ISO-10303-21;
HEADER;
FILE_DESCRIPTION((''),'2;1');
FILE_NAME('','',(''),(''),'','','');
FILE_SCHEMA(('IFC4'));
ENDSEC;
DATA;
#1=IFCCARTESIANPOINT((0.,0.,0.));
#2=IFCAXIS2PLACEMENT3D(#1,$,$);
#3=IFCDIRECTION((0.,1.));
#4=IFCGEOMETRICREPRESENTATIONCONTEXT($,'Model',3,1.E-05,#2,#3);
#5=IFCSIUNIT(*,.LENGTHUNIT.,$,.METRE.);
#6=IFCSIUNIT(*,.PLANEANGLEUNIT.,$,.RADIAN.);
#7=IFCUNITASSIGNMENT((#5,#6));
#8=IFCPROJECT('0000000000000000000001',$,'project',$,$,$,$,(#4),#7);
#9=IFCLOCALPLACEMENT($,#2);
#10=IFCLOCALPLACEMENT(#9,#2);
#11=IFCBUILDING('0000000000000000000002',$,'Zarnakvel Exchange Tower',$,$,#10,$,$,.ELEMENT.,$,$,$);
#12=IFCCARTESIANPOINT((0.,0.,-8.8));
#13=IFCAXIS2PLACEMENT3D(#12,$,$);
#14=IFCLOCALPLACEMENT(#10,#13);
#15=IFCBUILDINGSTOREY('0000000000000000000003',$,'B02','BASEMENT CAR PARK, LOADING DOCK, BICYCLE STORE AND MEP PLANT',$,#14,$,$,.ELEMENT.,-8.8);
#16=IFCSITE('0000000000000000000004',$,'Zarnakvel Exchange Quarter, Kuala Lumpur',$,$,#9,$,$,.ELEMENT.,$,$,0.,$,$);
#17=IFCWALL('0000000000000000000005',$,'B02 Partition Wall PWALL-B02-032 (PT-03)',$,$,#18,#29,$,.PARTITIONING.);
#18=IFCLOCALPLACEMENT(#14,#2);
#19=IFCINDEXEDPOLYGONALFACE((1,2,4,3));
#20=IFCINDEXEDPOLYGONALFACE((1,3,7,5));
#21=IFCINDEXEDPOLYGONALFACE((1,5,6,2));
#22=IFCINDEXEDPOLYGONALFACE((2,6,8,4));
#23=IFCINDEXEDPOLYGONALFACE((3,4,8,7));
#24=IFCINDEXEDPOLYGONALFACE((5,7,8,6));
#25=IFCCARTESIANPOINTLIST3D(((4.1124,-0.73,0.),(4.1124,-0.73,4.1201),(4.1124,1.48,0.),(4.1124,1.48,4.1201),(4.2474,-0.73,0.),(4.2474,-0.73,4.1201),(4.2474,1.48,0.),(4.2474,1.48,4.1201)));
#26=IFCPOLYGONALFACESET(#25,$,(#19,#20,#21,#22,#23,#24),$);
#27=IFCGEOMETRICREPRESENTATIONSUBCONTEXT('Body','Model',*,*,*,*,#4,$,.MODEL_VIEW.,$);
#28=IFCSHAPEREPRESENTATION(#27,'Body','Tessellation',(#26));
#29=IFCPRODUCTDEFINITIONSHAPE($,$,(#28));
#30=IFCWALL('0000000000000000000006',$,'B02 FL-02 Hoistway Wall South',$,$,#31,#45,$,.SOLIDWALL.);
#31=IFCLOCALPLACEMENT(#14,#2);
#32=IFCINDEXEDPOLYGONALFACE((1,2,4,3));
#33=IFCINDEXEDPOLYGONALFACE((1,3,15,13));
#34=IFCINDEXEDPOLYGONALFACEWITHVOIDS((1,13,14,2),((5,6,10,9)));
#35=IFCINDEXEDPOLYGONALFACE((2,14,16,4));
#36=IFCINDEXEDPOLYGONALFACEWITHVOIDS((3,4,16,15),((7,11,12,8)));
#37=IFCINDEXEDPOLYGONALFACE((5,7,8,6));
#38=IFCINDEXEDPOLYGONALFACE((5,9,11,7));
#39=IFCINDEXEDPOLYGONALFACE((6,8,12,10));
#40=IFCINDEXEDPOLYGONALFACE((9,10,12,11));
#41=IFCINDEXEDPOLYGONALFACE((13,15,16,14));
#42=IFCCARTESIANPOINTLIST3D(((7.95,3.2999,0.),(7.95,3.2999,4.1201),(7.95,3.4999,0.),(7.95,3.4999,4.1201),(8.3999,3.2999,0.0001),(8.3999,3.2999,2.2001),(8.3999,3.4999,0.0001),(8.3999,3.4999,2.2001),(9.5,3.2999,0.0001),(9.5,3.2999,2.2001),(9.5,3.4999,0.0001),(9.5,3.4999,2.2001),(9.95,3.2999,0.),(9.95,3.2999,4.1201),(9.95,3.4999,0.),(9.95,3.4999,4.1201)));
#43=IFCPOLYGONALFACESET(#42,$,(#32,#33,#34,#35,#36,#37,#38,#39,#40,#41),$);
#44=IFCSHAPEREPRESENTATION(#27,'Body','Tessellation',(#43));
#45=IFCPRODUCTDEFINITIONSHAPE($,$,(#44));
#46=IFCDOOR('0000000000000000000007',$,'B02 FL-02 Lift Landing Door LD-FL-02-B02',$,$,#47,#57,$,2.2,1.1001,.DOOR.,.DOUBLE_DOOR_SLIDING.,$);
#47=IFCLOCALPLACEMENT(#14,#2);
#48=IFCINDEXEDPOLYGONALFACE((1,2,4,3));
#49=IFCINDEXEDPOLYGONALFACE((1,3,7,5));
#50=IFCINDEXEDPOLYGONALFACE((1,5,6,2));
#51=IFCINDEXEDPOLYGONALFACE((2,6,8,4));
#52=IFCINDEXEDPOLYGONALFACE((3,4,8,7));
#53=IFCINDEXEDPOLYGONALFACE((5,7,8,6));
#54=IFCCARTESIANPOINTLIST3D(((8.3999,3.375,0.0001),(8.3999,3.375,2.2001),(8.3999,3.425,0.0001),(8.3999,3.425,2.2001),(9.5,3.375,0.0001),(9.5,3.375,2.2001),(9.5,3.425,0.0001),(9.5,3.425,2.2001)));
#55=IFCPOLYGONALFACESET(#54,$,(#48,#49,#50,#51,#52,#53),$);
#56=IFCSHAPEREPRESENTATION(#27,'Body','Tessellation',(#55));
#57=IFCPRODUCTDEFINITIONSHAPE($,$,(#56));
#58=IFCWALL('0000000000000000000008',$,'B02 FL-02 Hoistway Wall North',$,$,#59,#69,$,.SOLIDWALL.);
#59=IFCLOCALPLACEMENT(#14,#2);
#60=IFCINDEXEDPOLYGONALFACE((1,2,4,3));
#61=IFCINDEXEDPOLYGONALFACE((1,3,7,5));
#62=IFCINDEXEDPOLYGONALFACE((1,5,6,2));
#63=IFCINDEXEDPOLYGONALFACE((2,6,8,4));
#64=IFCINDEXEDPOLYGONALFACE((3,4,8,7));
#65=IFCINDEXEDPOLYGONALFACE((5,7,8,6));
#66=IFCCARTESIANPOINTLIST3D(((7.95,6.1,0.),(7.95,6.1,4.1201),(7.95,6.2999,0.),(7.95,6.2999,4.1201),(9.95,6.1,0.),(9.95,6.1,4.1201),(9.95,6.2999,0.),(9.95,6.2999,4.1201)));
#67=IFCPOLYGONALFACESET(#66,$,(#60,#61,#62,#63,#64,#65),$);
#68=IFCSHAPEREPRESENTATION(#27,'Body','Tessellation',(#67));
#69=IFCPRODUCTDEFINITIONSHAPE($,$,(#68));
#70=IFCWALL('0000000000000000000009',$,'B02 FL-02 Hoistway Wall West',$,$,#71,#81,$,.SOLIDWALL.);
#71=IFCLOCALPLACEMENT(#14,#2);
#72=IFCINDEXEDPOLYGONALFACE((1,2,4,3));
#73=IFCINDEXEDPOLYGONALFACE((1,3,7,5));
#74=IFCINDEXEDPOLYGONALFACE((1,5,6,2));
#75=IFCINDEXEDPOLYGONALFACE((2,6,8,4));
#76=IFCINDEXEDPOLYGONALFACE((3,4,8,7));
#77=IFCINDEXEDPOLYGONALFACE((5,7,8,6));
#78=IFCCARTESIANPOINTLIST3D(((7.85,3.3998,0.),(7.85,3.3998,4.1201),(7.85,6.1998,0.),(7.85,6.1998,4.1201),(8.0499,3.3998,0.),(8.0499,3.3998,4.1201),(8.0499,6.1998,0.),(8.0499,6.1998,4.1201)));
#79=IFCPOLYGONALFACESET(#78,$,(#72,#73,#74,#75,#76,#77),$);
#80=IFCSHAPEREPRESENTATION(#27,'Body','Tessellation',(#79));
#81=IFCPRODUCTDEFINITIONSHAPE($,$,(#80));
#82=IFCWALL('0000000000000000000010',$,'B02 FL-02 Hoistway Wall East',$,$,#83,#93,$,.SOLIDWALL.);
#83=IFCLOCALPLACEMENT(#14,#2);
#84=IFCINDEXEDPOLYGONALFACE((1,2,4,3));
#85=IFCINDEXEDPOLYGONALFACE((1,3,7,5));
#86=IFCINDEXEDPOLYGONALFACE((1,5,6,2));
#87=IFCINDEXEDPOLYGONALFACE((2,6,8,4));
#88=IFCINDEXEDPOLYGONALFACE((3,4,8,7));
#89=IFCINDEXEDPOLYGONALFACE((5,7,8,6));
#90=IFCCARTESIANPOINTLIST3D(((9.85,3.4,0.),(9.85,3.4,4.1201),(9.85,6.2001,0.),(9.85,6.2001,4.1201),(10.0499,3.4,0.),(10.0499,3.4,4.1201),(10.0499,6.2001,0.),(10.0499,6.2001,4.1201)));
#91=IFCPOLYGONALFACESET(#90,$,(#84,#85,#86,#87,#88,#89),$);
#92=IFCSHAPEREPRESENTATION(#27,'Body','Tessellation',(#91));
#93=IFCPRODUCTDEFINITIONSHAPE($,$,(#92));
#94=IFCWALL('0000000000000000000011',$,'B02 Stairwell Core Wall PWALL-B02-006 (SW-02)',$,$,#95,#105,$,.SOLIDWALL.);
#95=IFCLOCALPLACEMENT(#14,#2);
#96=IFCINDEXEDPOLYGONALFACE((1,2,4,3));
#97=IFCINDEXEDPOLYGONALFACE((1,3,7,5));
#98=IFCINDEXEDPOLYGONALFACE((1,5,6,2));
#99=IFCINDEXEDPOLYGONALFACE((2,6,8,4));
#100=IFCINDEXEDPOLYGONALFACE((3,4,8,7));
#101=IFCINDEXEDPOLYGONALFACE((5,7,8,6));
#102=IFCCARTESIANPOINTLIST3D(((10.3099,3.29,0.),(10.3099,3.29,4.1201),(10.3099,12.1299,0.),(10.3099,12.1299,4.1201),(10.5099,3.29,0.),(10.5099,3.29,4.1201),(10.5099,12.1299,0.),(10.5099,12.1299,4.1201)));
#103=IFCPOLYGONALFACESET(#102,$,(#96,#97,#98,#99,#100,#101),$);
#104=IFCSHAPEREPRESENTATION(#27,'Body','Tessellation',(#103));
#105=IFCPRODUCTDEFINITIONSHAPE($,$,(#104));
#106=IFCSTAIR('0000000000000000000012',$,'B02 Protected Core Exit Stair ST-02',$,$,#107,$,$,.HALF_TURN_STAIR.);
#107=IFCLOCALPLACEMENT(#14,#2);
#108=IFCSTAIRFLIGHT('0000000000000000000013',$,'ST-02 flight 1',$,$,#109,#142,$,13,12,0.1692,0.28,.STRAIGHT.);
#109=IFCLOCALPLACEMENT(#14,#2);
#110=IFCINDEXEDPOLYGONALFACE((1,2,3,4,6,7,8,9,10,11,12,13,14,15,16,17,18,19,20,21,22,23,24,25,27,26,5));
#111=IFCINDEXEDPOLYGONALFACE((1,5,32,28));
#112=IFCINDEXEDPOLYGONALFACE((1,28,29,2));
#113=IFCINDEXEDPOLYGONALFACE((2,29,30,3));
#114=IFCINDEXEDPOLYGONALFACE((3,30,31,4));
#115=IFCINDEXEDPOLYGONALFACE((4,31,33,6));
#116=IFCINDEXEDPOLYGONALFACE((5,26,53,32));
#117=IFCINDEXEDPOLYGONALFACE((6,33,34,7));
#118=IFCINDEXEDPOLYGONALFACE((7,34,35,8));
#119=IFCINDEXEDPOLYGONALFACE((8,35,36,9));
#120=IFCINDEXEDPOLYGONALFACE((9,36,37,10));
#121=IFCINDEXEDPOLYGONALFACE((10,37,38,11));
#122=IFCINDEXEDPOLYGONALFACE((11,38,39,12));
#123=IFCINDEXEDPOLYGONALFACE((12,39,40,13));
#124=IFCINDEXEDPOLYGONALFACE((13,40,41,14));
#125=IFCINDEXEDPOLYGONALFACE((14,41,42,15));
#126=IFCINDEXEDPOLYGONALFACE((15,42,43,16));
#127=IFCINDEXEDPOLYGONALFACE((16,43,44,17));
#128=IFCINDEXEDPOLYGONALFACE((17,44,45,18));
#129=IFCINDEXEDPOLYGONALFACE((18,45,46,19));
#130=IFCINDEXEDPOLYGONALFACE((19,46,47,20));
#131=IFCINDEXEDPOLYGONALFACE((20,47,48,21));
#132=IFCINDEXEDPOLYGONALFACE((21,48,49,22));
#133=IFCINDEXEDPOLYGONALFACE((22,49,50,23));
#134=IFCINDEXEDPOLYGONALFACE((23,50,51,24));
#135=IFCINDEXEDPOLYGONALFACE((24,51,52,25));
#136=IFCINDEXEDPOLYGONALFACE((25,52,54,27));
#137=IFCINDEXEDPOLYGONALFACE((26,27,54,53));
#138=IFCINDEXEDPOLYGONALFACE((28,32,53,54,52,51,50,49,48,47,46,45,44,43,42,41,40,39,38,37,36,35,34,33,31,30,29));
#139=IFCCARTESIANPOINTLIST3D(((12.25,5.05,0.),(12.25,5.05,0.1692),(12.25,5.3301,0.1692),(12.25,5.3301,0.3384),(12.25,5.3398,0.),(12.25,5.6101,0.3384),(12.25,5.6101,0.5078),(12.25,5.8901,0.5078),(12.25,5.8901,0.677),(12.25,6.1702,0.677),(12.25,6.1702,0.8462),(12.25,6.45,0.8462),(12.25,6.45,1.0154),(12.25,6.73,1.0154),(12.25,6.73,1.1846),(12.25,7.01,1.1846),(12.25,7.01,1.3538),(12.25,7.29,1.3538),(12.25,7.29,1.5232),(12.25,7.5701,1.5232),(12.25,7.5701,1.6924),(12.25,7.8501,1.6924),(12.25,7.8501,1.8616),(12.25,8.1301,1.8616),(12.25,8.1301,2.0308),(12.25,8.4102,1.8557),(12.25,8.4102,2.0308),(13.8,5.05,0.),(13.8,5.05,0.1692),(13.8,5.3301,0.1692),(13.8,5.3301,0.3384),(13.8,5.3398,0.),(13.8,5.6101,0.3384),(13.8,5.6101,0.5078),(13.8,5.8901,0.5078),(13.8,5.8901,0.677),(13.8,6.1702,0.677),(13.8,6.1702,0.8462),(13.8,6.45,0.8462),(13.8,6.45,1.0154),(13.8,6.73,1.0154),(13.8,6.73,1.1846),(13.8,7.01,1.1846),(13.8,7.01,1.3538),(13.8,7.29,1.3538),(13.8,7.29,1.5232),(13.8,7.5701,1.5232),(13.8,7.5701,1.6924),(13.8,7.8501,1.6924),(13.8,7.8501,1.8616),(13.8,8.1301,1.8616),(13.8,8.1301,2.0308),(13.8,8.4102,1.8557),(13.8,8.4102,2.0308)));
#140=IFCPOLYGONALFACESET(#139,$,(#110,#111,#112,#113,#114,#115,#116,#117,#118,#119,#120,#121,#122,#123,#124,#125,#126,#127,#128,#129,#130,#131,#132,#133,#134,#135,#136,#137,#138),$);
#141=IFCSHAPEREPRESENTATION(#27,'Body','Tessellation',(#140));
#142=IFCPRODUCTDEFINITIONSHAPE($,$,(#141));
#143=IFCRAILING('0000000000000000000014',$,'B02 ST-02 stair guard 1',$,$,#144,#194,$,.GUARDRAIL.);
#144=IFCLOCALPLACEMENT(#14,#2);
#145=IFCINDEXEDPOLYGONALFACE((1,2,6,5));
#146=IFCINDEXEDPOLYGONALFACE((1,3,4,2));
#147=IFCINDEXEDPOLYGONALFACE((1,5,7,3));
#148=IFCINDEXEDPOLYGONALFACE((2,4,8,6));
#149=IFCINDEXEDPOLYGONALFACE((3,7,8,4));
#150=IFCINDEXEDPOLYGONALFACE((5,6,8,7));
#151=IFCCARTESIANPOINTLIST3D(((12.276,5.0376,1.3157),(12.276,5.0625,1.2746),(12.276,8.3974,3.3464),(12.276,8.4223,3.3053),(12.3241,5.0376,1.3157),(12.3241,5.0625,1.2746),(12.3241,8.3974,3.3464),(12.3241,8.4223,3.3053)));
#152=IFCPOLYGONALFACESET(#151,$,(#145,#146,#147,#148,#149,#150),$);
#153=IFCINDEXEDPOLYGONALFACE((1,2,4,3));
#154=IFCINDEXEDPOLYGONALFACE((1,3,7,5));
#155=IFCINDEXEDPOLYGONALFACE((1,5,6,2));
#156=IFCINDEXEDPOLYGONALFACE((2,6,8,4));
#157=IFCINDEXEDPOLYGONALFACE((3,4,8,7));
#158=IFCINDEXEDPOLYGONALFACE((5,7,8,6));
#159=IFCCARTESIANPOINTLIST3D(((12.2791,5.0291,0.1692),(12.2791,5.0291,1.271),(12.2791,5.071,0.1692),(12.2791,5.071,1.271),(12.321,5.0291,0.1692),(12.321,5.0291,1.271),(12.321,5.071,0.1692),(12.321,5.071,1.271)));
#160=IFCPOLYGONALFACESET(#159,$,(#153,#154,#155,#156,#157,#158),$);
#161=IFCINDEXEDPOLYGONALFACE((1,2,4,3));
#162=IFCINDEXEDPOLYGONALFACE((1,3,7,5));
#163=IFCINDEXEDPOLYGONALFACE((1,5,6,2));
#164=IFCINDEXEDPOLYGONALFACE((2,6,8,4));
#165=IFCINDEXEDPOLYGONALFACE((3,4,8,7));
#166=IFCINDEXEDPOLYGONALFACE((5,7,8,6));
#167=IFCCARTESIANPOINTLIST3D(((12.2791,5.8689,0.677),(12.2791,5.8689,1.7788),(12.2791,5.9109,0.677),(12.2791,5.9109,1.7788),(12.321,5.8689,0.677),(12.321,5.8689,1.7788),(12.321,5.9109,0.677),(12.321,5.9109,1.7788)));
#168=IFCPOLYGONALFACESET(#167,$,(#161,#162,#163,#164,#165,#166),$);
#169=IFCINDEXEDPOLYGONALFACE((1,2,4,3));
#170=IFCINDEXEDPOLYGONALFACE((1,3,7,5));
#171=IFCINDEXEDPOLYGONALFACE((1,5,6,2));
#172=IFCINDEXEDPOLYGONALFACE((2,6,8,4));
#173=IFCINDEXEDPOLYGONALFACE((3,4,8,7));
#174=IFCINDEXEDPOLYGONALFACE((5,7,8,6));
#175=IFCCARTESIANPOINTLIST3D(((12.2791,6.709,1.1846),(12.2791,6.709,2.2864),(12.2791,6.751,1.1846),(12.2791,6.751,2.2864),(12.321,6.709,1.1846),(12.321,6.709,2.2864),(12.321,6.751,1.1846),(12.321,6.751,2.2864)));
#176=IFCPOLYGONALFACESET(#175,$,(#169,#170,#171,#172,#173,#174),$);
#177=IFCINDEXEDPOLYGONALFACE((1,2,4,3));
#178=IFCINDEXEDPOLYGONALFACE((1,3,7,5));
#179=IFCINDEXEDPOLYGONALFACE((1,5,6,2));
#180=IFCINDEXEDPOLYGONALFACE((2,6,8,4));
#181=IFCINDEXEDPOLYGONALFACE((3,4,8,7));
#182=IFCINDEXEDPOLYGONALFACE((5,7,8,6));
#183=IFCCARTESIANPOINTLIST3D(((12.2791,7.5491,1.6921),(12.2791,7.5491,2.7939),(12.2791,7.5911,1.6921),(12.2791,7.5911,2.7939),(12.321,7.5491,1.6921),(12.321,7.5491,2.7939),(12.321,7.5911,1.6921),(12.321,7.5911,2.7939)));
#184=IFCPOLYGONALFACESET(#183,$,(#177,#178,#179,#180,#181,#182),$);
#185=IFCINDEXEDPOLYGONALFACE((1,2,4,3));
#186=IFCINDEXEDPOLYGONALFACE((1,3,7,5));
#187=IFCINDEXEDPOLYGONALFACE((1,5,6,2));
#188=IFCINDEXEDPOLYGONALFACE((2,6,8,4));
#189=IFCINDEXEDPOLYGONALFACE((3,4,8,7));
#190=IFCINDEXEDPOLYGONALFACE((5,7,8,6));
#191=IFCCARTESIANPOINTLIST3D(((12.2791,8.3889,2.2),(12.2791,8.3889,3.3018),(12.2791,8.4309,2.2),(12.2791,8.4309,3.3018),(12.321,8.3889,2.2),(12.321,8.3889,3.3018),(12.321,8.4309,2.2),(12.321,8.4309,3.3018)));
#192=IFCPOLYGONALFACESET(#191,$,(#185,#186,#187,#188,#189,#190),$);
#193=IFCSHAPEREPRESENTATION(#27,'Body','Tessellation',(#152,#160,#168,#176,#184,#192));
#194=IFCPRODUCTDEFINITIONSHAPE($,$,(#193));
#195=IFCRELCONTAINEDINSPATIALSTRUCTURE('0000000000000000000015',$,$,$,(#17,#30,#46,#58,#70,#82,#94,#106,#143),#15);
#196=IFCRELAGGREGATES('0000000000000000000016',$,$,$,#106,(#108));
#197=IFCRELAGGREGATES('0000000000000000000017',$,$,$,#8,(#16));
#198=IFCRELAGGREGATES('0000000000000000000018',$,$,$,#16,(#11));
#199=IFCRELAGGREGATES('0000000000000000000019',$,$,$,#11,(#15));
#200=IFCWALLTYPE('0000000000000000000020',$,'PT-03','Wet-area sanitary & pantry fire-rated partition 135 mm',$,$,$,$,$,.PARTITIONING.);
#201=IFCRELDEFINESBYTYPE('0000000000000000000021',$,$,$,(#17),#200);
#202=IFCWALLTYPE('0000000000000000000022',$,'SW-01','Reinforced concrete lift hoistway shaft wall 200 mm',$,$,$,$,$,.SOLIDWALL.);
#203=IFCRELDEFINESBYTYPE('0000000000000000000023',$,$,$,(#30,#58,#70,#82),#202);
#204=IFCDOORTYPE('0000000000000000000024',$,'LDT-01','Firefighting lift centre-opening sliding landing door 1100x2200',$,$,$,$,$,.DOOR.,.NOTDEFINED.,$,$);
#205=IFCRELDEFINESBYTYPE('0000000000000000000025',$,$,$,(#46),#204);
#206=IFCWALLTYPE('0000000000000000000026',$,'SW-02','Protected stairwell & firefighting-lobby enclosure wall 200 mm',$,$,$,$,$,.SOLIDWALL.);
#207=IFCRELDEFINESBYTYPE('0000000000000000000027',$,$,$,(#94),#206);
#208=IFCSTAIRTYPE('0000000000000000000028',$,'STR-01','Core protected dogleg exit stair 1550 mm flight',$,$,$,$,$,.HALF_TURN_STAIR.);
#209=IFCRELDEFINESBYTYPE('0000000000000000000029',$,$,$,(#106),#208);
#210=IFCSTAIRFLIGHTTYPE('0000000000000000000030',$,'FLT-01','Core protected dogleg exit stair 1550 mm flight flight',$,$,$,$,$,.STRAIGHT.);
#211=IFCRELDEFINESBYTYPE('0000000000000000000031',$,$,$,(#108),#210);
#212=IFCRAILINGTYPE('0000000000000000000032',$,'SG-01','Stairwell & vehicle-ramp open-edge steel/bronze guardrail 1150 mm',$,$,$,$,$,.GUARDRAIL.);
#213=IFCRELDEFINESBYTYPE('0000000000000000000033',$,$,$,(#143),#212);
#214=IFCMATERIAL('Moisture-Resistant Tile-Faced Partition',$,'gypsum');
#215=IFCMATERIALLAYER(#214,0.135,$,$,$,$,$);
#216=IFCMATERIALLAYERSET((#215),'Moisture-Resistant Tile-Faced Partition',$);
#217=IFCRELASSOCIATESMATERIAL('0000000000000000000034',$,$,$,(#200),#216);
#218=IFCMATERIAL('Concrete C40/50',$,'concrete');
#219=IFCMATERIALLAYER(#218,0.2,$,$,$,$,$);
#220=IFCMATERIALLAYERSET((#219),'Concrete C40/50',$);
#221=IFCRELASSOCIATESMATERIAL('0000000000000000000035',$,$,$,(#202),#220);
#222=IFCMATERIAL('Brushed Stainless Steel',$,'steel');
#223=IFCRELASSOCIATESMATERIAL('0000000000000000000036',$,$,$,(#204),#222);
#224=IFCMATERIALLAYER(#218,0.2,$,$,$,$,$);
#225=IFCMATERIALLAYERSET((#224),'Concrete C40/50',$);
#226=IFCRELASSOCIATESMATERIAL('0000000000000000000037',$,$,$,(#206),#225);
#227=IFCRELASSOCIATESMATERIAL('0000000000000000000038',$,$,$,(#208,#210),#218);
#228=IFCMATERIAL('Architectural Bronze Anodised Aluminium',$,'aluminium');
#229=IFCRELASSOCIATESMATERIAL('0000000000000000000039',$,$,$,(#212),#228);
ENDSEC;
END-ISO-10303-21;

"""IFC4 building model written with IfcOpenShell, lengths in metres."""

from ifc_helpers import new_model, si_unit, direction, frame, frame_2d, origin, origin_2d, place, context, subcontext, project, spatial, polyline, rectangle, outline, extrude, source, transform, mapped, material, layer, layer_set, type_object, element, fill, aggregate, save


model = new_model("IFC4")

# Units and contexts
model_context = context("Model", 3, precision=1e-05, world=origin(), true_north=direction((0.0, 1.0)))
body_context = subcontext(model_context, "Body", "Model", "MODEL_VIEW")
ifc_project = project(units=[si_unit("LENGTHUNIT", "METRE"), si_unit("PLANEANGLEUNIT", "RADIAN")], contexts=[model_context])

# Site, building, storey
site_placement = place(None, origin())
site = spatial("IfcSite", under=ifc_project, at=site_placement, Name="Zarnakvel Exchange Quarter, Kuala Lumpur", CompositionType="ELEMENT", RefElevation=0.0)
building_placement = place(site_placement, origin())
building = spatial("IfcBuilding", under=site, at=building_placement, Name="Zarnakvel Exchange Tower", CompositionType="ELEMENT")
storey_placement = place(building_placement, frame((0.0, 0.0, -8.8)))
storey = spatial("IfcBuildingStorey", under=building, at=storey_placement, Name="B02", Description="BASEMENT CAR PARK, LOADING DOCK, BICYCLE STORE AND MEP PLANT", CompositionType="ELEMENT", Elevation=-8.8)

# Wall
ifc_material_1 = material(Name="Moisture-Resistant Tile-Faced Partition", Category="gypsum")
ifc_layer_1 = layer(ifc_material_1, 0.135)
ifc_layer_set_1 = layer_set([ifc_layer_1], Name="Moisture-Resistant Tile-Faced Partition")
wall_type_1 = type_object("IfcWallType", Name="PT-03", Description="Wet-area sanitary & pantry fire-rated partition 135 mm", PredefinedType="PARTITIONING", material=ifc_layer_set_1)
wall_1_placement = place(storey_placement, frame((4.1799, 1.48, 0.0), z_axis=(0.0, 0.0, 1.0), x_axis=(0.0, -1.0, 0.0)))
element("IfcWall", 1, at=wall_1_placement, inside=storey, type_object=wall_type_1, Name="B02 Partition Wall PWALL-B02-032 (PT-03)", PredefinedType="PARTITIONING", context=body_context, shape_type="SweptSolid", body=[
    extrude(rectangle(XDim=2.21, YDim=0.135, at=frame_2d((1.105, 0.0))), origin(), (0.0, 0.0, 1.0), 4.1201),
])

# Wall, opening, door
ifc_material_2 = material(Name="Concrete C40/50", Category="concrete")
ifc_layer_2 = layer(ifc_material_2, 0.2)
ifc_layer_set_2 = layer_set([ifc_layer_2], Name="Concrete C40/50")
wall_type_2 = type_object("IfcWallType", Name="SW-01", Description="Reinforced concrete lift hoistway shaft wall 200 mm", PredefinedType="SOLIDWALL", material=ifc_layer_set_2)
wall_2_placement = place(storey_placement, frame((9.95, 3.3999, 0.0), z_axis=(0.0, 0.0, 1.0), x_axis=(-1.0, 0.0, 0.0)))
wall_2 = element("IfcWall", 2, at=wall_2_placement, inside=storey, type_object=wall_type_2, Name="B02 FL-02 Hoistway Wall South", PredefinedType="SOLIDWALL", context=body_context, shape_type="SweptSolid", body=[
    extrude(rectangle(XDim=2.0, YDim=0.2, at=frame_2d((1.0, 0.0))), origin(), (0.0, 0.0, 1.0), 4.1201),
])
opening_1_placement = place(wall_2_placement, frame((0.45, 0.0, 0.0)))
opening_1 = element("IfcOpeningElement", 3, at=opening_1_placement, cuts=wall_2, PredefinedType="OPENING", context=body_context, shape_type="SweptSolid", body=[
    extrude(rectangle(XDim=1.1001, YDim=2.2, at=frame_2d((0.55, 1.1001))), frame((0.0, 0.1099, 0.0), z_axis=(0.0, -1.0, 0.0), x_axis=(1.0, 0.0, 0.0)), (0.0, 0.0, 1.0), 0.22),
])
ifc_material_3 = material(Name="Brushed Stainless Steel", Category="steel")
door_type_1 = type_object("IfcDoorType", Name="LDT-01", Description="Firefighting lift centre-opening sliding landing door 1100x2200", OperationType="NOTDEFINED", PredefinedType="DOOR", material=ifc_material_3)
shared_shape_1 = source(origin(), body_context, "Body", "SweptSolid", [
    extrude(rectangle(XDim=1.1001, YDim=2.2, at=frame_2d((0.55, 1.1001))), frame((0.0, 0.0249, 0.0), z_axis=(0.0, -1.0, 0.0), x_axis=(1.0, 0.0, 0.0)), (0.0, 0.0, 1.0), 0.05),
])
door_1_placement = place(opening_1_placement, origin())
door_1 = element("IfcDoor", 4, at=door_1_placement, inside=storey, type_object=door_type_1, Name="B02 FL-02 Lift Landing Door LD-FL-02-B02", OperationType="DOUBLE_DOOR_SLIDING", OverallHeight=2.2, OverallWidth=1.1001, PredefinedType="DOOR", context=body_context, shape_type="MappedRepresentation", body=[
    mapped(shared_shape_1, transform((0.0, 0.0, 0.0), x_axis=(1.0, 0.0, 0.0), y_axis=(0.0, 1.0, 0.0), z_axis=(0.0, 0.0, 1.0), scale=1.0)),
])
fill(opening_1, door_1)

# Walls
wall_3_placement = place(storey_placement, frame((7.95, 6.2, 0.0), z_axis=(0.0, 0.0, 1.0), x_axis=(1.0, 0.0, 0.0)))
element("IfcWall", 5, at=wall_3_placement, inside=storey, type_object=wall_type_2, Name="B02 FL-02 Hoistway Wall North", PredefinedType="SOLIDWALL", context=body_context, shape_type="SweptSolid", body=[
    extrude(rectangle(XDim=2.0, YDim=0.2, at=frame_2d((1.0, 0.0))), origin(), (0.0, 0.0, 1.0), 4.1201),
])
for number, where, z_axis, x_axis, name in (
    (6, (7.95, 3.3999, 0.0), (0.0, 0.0, 1.0), (0.0, 1.0, 0.0), "B02 FL-02 Hoistway Wall West"),
    (7, (9.95, 6.2, 0.0), (0.0, 0.0, 1.0), (0.0, -1.0, 0.0), "B02 FL-02 Hoistway Wall East"),
):
    element("IfcWall", number, at=place(storey_placement, frame(where, z_axis=z_axis, x_axis=x_axis)), inside=storey, type_object=wall_type_2, Name=name, PredefinedType="SOLIDWALL", context=body_context, shape_type="SweptSolid", body=[
        extrude(rectangle(XDim=2.8, YDim=0.2, at=frame_2d((1.3999, 0.0))), origin(), (0.0, 0.0, 1.0), 4.1201),
    ])
ifc_layer_3 = layer(ifc_material_2, 0.2)
ifc_layer_set_3 = layer_set([ifc_layer_3], Name="Concrete C40/50")
wall_type_3 = type_object("IfcWallType", Name="SW-02", Description="Protected stairwell & firefighting-lobby enclosure wall 200 mm", PredefinedType="SOLIDWALL", material=ifc_layer_set_3)
wall_4_placement = place(storey_placement, frame((10.4099, 3.29, 0.0), z_axis=(0.0, 0.0, 1.0), x_axis=(0.0, 1.0, 0.0)))
element("IfcWall", 8, at=wall_4_placement, inside=storey, type_object=wall_type_3, Name="B02 Stairwell Core Wall PWALL-B02-006 (SW-02)", PredefinedType="SOLIDWALL", context=body_context, shape_type="SweptSolid", body=[
    extrude(rectangle(XDim=8.8398, YDim=0.2, at=frame_2d((4.4199, 0.0))), origin(), (0.0, 0.0, 1.0), 4.1201),
])

# Stair, stair flight
stair_type = type_object("IfcStairType", Name="STR-01", Description="Core protected dogleg exit stair 1550 mm flight", PredefinedType="HALF_TURN_STAIR", material=ifc_material_2)
stair_placement = place(storey_placement, origin())
stair = element("IfcStair", 9, at=stair_placement, inside=storey, type_object=stair_type, Name="B02 Protected Core Exit Stair ST-02", PredefinedType="HALF_TURN_STAIR")
stair_flight_type = type_object("IfcStairFlightType", Name="FLT-01", Description="Core protected dogleg exit stair 1550 mm flight flight", PredefinedType="STRAIGHT", material=ifc_material_2)
stair_flight_placement = place(storey_placement, frame((13.0249, 5.05, 0.0), z_axis=(0.0, 0.0, 1.0), x_axis=(0.0, 1.0, 0.0)))
stair_flight = element("IfcStairFlight", 10, at=stair_flight_placement, type_object=stair_flight_type, Name="ST-02 flight 1", NumberOfRisers=13, NumberOfTreads=12, PredefinedType="STRAIGHT", RiserHeight=0.1692, TreadLength=0.28, context=body_context, shape_type="SweptSolid", body=[
    extrude(outline(polyline([(0.0, 0.0), (0.0, 0.1692), (0.28, 0.1692), (0.28, 0.3384), (0.5601, 0.3384), (0.5601, 0.5078), (0.8401, 0.5078), (0.8401, 0.677), (1.1201, 0.677), (1.1201, 0.8462), (1.3999, 0.8462), (1.3999, 1.0154), (1.6799, 1.0154), (1.6799, 1.1846), (1.96, 1.1846), (1.96, 1.3538), (2.24, 1.3538), (2.24, 1.5232), (2.52, 1.5232), (2.52, 1.6924), (2.8, 1.6924), (2.8, 1.8616), (3.0801, 1.8616), (3.0801, 2.0308), (3.3601, 2.0308), (3.3601, 2.2), (3.3601, 1.8557), (0.2898, 0.0), (0.0, 0.0)])), frame((0.0, 0.7749, 0.0), z_axis=(0.0, -1.0, 0.0), x_axis=(1.0, 0.0, 0.0)), (0.0, 0.0, 1.0), 1.55),
])
aggregate(stair, [stair_flight])

# Railing
ifc_material_4 = material(Name="Architectural Bronze Anodised Aluminium", Category="aluminium")
railing_type = type_object("IfcRailingType", Name="SG-01", Description="Stairwell & vehicle-ramp open-edge steel/bronze guardrail 1150 mm", PredefinedType="GUARDRAIL", material=ifc_material_4)
railing_1_placement = place(storey_placement, frame((12.3, 5.05, 0.1692)))
element("IfcRailing", 11, at=railing_1_placement, inside=storey, type_object=railing_type, Name="B02 ST-02 stair guard 1", PredefinedType="GUARDRAIL", context=body_context, shape_type="SweptSolid", body=[
    extrude(rectangle(XDim=0.0481, YDim=0.0481, at=origin_2d()), frame((0.0, 0.0, 1.126), z_axis=(0.0, 0.85582, 0.517273), x_axis=(-1.0, 0.0, 0.0)), (0.0, 0.0, 1.0), 3.9258),
    extrude(rectangle(XDim=0.042, YDim=0.042, at=origin_2d()), origin(), (0.0, 0.0, 1.0), 1.1018),
    extrude(rectangle(XDim=0.042, YDim=0.042, at=origin_2d()), frame((0.0, 0.8398, 0.5078)), (0.0, 0.0, 1.0), 1.1018),
    extrude(rectangle(XDim=0.042, YDim=0.042, at=origin_2d()), frame((0.0, 1.6799, 1.0154)), (0.0, 0.0, 1.0), 1.1018),
    extrude(rectangle(XDim=0.042, YDim=0.042, at=origin_2d()), frame((0.0, 2.52, 1.5229)), (0.0, 0.0, 1.0), 1.1018),
    extrude(rectangle(XDim=0.042, YDim=0.042, at=origin_2d()), frame((0.0, 3.3599, 2.0308)), (0.0, 0.0, 1.0), 1.1018),
])

save(model, "model.ifc")
